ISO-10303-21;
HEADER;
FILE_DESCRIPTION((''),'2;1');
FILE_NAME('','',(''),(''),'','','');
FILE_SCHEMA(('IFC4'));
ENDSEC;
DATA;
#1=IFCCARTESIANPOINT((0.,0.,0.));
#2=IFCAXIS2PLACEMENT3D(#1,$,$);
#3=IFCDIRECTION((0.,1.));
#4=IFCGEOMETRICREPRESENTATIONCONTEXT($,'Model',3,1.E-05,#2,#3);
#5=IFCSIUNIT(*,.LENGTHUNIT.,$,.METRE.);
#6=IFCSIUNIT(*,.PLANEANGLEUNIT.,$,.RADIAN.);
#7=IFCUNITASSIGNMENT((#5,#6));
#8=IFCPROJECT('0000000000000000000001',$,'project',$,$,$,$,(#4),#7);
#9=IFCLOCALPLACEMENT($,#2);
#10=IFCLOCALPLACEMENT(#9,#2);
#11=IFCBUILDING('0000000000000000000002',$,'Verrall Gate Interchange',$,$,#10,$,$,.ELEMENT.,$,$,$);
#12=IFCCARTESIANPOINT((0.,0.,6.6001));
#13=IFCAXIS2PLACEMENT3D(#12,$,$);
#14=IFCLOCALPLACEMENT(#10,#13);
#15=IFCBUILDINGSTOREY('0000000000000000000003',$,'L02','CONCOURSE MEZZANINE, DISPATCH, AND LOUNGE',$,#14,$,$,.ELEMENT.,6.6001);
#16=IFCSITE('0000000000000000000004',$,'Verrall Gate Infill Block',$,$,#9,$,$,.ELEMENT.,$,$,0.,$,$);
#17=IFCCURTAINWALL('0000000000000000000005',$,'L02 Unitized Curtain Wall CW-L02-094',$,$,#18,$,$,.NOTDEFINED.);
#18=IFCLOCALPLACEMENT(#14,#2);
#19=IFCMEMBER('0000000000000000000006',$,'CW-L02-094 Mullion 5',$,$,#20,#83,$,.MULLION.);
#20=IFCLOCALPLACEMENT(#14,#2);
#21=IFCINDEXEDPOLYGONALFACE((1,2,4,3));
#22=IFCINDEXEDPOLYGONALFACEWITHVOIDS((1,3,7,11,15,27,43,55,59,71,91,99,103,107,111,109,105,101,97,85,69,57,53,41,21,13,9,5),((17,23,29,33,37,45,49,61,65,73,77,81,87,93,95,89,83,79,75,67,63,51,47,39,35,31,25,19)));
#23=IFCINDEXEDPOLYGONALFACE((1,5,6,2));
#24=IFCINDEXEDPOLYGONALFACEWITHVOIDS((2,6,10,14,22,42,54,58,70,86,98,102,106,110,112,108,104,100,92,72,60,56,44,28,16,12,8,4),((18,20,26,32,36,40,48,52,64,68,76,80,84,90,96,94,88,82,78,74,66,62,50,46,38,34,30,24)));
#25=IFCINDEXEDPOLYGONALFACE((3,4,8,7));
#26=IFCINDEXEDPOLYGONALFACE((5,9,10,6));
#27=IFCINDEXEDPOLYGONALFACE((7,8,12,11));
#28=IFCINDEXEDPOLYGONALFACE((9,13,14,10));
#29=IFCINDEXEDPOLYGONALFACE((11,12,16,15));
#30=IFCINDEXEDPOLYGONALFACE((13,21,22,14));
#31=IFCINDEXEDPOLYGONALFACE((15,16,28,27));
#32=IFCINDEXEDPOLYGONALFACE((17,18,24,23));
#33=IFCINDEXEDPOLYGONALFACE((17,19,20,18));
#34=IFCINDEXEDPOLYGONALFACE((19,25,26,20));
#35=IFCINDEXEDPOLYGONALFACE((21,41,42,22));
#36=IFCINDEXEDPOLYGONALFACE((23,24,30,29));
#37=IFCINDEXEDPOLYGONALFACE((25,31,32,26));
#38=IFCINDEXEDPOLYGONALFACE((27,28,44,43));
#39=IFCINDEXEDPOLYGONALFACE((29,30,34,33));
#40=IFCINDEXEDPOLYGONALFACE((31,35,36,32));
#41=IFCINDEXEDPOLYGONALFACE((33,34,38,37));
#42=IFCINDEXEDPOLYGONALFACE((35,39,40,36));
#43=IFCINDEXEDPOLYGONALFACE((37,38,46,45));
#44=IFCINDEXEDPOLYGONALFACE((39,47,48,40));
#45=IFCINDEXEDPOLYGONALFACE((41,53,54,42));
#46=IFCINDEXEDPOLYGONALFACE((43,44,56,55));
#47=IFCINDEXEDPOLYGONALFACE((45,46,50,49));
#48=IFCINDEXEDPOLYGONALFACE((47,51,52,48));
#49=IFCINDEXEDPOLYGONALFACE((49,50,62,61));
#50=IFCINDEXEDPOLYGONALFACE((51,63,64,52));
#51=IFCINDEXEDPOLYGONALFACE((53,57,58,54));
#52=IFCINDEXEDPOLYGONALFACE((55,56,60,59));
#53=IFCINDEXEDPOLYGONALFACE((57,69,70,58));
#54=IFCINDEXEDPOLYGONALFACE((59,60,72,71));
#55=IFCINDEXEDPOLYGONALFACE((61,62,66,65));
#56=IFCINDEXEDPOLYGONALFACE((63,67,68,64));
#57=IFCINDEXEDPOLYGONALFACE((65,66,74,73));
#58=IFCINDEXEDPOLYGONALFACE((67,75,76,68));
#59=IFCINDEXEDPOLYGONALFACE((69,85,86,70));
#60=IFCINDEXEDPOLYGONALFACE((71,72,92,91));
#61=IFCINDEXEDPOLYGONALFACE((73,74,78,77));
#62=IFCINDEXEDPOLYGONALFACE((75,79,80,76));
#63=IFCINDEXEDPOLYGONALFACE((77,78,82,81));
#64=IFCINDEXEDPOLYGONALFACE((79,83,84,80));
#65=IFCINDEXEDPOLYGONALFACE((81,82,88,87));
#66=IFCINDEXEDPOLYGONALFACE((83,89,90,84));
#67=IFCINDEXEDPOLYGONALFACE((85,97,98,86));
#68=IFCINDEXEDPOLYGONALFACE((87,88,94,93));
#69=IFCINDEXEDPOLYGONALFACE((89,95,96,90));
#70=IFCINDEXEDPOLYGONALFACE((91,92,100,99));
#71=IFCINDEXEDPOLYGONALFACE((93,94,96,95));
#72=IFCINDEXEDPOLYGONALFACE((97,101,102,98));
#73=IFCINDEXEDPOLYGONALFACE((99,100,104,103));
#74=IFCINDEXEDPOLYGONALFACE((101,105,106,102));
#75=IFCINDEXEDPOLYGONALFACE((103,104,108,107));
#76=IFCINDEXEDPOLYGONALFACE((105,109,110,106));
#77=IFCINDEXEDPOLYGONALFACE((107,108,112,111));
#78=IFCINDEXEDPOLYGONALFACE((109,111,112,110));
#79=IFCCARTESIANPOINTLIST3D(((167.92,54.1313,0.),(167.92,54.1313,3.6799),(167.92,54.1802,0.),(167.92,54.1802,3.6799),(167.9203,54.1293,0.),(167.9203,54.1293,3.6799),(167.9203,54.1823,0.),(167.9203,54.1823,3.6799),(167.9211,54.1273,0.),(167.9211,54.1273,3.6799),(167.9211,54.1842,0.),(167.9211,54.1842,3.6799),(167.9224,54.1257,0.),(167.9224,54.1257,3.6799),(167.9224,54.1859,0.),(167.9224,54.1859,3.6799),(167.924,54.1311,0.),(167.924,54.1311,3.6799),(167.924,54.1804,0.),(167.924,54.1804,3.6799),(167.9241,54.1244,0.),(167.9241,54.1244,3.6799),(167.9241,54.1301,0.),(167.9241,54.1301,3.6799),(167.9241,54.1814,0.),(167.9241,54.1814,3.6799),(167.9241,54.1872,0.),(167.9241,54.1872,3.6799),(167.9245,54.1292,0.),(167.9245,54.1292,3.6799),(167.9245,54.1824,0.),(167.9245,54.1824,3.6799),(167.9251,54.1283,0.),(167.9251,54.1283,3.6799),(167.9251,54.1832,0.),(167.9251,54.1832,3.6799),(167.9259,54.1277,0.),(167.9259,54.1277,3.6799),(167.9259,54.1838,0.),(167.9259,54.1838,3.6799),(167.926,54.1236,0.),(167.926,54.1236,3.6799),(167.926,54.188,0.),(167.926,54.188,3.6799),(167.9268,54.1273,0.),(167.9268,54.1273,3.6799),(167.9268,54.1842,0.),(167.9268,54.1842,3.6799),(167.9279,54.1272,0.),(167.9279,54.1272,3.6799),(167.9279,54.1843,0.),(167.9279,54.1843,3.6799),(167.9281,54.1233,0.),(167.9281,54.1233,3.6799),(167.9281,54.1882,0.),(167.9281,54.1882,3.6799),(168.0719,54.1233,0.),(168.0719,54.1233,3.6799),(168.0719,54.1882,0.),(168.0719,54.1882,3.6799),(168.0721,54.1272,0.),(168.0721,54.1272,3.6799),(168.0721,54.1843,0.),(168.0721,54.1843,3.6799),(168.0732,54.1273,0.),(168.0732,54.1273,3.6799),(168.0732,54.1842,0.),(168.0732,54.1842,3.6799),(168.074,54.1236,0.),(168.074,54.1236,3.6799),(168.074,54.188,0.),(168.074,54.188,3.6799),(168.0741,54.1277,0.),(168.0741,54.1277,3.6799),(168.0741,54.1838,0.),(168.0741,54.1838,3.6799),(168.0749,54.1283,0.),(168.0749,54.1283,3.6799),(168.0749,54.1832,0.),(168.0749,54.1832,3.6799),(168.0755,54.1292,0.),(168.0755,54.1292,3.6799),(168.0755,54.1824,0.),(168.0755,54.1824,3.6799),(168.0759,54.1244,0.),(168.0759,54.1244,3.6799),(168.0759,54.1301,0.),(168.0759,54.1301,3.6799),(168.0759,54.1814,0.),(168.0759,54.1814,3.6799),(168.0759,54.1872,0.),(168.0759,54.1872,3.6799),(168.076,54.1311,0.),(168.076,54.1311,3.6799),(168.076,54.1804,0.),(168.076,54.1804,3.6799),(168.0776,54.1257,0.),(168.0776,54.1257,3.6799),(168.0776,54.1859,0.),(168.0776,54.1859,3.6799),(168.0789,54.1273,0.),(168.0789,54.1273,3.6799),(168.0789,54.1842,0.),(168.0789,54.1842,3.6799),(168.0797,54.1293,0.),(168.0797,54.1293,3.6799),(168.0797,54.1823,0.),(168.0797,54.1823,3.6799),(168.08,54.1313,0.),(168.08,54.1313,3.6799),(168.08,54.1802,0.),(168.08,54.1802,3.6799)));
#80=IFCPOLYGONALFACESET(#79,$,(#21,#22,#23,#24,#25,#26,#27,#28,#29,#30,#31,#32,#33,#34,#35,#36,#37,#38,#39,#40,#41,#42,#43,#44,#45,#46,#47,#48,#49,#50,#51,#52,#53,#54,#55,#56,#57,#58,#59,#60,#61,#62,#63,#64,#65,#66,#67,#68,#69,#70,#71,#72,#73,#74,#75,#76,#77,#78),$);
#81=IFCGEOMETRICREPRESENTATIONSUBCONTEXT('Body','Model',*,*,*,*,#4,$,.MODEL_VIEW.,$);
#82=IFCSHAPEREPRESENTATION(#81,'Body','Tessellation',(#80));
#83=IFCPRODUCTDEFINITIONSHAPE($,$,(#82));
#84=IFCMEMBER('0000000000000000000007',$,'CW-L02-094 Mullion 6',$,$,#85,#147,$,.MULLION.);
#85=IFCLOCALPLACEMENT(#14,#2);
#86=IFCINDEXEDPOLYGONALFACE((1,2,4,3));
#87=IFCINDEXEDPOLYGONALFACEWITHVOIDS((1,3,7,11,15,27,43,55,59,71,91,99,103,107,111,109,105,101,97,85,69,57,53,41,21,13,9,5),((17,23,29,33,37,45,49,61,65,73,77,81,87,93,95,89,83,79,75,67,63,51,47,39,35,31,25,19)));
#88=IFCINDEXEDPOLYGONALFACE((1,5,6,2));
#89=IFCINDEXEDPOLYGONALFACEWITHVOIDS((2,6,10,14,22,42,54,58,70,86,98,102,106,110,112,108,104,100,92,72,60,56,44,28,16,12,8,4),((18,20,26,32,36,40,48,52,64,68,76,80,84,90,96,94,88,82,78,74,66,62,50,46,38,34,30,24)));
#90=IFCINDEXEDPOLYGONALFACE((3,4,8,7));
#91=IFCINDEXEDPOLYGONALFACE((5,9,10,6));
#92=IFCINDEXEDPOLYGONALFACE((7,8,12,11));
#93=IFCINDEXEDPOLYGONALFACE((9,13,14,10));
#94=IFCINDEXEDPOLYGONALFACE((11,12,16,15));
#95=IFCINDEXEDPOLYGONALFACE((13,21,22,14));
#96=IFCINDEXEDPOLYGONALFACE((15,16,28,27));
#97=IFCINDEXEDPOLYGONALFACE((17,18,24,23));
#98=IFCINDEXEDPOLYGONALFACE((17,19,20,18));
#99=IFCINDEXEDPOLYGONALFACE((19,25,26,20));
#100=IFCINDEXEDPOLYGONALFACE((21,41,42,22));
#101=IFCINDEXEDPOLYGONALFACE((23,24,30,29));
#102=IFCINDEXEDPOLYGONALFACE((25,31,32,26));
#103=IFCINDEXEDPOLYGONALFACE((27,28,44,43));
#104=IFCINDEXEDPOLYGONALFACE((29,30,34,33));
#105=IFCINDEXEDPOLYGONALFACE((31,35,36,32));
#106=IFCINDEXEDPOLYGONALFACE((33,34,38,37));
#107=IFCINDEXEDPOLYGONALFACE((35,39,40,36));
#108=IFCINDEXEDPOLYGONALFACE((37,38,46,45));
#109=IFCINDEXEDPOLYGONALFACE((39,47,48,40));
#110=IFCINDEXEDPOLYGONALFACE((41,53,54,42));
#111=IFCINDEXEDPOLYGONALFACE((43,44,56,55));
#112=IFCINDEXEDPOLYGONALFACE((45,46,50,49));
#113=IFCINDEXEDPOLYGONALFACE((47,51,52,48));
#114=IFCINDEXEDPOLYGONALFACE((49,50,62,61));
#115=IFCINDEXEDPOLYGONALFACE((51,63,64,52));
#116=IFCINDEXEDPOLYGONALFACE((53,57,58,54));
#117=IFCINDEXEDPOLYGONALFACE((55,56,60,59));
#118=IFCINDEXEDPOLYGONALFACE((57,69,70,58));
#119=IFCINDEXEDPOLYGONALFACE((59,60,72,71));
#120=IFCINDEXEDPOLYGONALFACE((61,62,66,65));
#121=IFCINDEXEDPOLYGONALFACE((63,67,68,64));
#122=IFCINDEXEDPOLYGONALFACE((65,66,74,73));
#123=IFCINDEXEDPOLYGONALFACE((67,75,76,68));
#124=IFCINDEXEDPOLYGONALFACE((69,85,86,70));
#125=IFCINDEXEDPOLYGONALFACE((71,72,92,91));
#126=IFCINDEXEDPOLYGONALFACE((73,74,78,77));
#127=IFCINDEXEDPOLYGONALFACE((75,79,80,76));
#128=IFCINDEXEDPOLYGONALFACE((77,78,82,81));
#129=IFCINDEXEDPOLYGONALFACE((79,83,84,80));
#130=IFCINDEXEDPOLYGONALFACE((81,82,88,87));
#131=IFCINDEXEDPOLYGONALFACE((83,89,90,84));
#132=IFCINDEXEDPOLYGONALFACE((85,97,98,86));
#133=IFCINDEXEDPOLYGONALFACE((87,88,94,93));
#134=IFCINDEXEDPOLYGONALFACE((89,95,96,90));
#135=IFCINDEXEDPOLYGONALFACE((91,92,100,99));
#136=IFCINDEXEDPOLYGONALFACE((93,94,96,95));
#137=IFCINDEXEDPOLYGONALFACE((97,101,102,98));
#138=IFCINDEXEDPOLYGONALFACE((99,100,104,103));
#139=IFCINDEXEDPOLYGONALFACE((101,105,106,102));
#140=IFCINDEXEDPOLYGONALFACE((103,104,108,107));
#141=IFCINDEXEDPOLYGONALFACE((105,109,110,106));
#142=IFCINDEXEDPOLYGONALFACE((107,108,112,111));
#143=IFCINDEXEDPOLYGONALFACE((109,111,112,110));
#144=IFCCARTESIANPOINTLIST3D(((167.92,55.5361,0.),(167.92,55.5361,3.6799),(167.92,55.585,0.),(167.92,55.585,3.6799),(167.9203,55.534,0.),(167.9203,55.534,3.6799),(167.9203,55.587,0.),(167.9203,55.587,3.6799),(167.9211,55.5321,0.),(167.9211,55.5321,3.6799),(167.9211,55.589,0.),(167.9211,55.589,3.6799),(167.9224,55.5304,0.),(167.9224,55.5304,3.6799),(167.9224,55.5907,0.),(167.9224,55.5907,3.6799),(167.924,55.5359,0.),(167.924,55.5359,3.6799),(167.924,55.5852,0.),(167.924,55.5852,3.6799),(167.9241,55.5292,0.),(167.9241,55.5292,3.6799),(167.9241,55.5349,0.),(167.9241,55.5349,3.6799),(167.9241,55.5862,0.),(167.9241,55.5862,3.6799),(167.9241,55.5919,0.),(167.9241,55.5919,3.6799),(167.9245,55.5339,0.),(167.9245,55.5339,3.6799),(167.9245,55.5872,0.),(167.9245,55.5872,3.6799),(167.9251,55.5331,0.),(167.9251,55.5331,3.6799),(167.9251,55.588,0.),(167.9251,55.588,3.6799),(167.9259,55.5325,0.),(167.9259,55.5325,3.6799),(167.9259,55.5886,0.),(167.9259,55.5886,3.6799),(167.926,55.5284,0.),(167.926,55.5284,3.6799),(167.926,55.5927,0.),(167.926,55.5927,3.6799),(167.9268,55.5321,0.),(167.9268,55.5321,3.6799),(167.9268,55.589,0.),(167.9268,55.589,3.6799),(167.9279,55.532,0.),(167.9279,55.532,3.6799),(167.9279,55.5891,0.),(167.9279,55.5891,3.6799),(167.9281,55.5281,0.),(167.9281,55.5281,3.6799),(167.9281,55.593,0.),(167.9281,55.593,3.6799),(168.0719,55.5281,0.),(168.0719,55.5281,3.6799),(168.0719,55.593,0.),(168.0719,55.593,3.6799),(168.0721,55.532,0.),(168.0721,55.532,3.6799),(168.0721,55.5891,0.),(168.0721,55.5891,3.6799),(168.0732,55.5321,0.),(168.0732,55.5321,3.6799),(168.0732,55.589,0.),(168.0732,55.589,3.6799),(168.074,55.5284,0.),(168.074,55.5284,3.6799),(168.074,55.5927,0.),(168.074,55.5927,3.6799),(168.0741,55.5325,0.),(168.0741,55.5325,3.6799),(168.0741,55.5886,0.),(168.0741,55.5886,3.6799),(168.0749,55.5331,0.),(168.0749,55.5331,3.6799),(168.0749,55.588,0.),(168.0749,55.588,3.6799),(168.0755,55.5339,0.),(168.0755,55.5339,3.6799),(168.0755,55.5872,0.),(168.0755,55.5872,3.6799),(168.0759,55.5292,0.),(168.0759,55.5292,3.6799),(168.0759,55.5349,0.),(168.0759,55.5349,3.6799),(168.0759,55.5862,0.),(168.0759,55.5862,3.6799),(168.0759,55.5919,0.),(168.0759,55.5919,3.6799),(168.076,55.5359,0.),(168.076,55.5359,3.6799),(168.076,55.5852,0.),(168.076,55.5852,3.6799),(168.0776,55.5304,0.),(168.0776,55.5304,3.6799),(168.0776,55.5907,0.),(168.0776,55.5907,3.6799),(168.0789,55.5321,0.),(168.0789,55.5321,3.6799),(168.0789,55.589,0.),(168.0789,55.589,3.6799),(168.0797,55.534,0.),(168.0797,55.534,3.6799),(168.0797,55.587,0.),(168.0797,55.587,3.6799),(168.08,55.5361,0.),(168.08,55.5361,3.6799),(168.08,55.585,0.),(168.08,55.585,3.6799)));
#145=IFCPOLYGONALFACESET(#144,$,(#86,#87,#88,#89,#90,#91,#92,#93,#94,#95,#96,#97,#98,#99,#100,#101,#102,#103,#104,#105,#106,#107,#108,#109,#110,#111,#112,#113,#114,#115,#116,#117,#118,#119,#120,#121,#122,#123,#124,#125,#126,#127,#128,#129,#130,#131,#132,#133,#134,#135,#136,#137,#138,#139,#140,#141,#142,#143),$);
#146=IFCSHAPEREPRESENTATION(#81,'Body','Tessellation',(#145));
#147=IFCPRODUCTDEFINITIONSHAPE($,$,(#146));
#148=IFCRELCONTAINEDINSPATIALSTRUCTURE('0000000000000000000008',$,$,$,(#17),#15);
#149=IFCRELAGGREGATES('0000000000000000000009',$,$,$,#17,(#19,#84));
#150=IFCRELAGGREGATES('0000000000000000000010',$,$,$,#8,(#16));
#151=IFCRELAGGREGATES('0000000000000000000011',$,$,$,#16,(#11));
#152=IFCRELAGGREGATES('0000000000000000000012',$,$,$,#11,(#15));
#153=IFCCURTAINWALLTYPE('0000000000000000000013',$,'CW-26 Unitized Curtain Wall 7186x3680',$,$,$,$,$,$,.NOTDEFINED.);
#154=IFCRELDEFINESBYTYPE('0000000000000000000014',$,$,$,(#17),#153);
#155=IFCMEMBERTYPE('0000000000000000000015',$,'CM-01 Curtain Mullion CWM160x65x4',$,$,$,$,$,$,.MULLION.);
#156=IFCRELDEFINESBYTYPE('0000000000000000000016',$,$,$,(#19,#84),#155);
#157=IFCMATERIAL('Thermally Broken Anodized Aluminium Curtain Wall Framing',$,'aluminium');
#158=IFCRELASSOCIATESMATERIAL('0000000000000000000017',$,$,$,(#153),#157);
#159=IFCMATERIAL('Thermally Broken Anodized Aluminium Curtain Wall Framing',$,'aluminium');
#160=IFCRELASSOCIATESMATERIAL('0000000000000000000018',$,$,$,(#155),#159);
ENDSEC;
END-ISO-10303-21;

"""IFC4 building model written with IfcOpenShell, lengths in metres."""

from ifc_helpers import new_model, si_unit, direction, frame, origin, origin_2d, place, context, subcontext, project, spatial, hollow_rectangle, extrude, material, material_profile, profile_set, type_object, element, aggregate, save


model = new_model("IFC4")

# Units and contexts
model_context = context("Model", 3, precision=1e-05, world=origin(), true_north=direction((0.0, 1.0)))
body_context = subcontext(model_context, "Body", "Model", "MODEL_VIEW")
ifc_project = project(units=[si_unit("LENGTHUNIT", "METRE"), si_unit("PLANEANGLEUNIT", "RADIAN")], contexts=[model_context])

# Site, building, storey
site_placement = place(None, origin())
site = spatial("IfcSite", under=ifc_project, at=site_placement, Name="Verrall Gate Infill Block", CompositionType="ELEMENT", RefElevation=0.0)
building_placement = place(site_placement, origin())
building = spatial("IfcBuilding", under=site, at=building_placement, Name="Verrall Gate Interchange", CompositionType="ELEMENT")
storey_placement = place(building_placement, frame((0.0, 0.0, 6.6001)))
storey = spatial("IfcBuildingStorey", under=building, at=storey_placement, Name="L02", Description="CONCOURSE MEZZANINE, DISPATCH, AND LOUNGE", CompositionType="ELEMENT", Elevation=6.6001)

# Curtain wall, members
ifc_material_1 = material(Name="Thermally Broken Anodized Aluminium Curtain Wall Framing", Category="aluminium")
curtain_wall_type = type_object("IfcCurtainWallType", Name="CW-26 Unitized Curtain Wall 7186x3680", PredefinedType="NOTDEFINED", material=ifc_material_1)
curtain_wall_placement = place(storey_placement, origin())
curtain_wall = element("IfcCurtainWall", 1, at=curtain_wall_placement, inside=storey, type_object=curtain_wall_type, Name="L02 Unitized Curtain Wall CW-L02-094", PredefinedType="NOTDEFINED")
ifc_material_2 = material(Name="Thermally Broken Anodized Aluminium Curtain Wall Framing", Category="aluminium")
ifc_material_profile_1 = material_profile(ifc_material_2, hollow_rectangle(XDim=0.0649, YDim=0.1599, WallThickness=0.0039, InnerFilletRadius=0.0039, OuterFilletRadius=0.0081, at=origin_2d()), Name="CWM160x65x4")
ifc_profile_set_1 = profile_set([ifc_material_profile_1], Name="Thermally Broken Anodized Aluminium Curtain Wall Framing")
member_type_1 = type_object("IfcMemberType", Name="CM-01 Curtain Mullion CWM160x65x4", PredefinedType="MULLION", material=ifc_profile_set_1)
member_1_placement = place(storey_placement, frame((168.0, 54.1558, 0.0), z_axis=(0.0, 0.0, 1.0), x_axis=(0.0, 1.0, 0.0)))
member_1 = element("IfcMember", 2, at=member_1_placement, type_object=member_type_1, Name="CW-L02-094 Mullion 5", PredefinedType="MULLION", context=body_context, shape_type="SweptSolid", body=[
    extrude(hollow_rectangle(XDim=0.0649, YDim=0.1599, WallThickness=0.0039, InnerFilletRadius=0.0039, OuterFilletRadius=0.0081, at=origin_2d()), origin(), (0.0, 0.0, 1.0), 3.6799),
])
member_2_placement = place(storey_placement, frame((168.0, 55.5605, 0.0), z_axis=(0.0, 0.0, 1.0), x_axis=(0.0, 1.0, 0.0)))
member_2 = element("IfcMember", 3, at=member_2_placement, type_object=member_type_1, Name="CW-L02-094 Mullion 6", PredefinedType="MULLION", context=body_context, shape_type="SweptSolid", body=[
    extrude(hollow_rectangle(XDim=0.0649, YDim=0.1599, WallThickness=0.0039, InnerFilletRadius=0.0039, OuterFilletRadius=0.0081, at=origin_2d()), origin(), (0.0, 0.0, 1.0), 3.6799),
])

aggregate(curtain_wall, [member_1, member_2])

save(model, "model.ifc")
